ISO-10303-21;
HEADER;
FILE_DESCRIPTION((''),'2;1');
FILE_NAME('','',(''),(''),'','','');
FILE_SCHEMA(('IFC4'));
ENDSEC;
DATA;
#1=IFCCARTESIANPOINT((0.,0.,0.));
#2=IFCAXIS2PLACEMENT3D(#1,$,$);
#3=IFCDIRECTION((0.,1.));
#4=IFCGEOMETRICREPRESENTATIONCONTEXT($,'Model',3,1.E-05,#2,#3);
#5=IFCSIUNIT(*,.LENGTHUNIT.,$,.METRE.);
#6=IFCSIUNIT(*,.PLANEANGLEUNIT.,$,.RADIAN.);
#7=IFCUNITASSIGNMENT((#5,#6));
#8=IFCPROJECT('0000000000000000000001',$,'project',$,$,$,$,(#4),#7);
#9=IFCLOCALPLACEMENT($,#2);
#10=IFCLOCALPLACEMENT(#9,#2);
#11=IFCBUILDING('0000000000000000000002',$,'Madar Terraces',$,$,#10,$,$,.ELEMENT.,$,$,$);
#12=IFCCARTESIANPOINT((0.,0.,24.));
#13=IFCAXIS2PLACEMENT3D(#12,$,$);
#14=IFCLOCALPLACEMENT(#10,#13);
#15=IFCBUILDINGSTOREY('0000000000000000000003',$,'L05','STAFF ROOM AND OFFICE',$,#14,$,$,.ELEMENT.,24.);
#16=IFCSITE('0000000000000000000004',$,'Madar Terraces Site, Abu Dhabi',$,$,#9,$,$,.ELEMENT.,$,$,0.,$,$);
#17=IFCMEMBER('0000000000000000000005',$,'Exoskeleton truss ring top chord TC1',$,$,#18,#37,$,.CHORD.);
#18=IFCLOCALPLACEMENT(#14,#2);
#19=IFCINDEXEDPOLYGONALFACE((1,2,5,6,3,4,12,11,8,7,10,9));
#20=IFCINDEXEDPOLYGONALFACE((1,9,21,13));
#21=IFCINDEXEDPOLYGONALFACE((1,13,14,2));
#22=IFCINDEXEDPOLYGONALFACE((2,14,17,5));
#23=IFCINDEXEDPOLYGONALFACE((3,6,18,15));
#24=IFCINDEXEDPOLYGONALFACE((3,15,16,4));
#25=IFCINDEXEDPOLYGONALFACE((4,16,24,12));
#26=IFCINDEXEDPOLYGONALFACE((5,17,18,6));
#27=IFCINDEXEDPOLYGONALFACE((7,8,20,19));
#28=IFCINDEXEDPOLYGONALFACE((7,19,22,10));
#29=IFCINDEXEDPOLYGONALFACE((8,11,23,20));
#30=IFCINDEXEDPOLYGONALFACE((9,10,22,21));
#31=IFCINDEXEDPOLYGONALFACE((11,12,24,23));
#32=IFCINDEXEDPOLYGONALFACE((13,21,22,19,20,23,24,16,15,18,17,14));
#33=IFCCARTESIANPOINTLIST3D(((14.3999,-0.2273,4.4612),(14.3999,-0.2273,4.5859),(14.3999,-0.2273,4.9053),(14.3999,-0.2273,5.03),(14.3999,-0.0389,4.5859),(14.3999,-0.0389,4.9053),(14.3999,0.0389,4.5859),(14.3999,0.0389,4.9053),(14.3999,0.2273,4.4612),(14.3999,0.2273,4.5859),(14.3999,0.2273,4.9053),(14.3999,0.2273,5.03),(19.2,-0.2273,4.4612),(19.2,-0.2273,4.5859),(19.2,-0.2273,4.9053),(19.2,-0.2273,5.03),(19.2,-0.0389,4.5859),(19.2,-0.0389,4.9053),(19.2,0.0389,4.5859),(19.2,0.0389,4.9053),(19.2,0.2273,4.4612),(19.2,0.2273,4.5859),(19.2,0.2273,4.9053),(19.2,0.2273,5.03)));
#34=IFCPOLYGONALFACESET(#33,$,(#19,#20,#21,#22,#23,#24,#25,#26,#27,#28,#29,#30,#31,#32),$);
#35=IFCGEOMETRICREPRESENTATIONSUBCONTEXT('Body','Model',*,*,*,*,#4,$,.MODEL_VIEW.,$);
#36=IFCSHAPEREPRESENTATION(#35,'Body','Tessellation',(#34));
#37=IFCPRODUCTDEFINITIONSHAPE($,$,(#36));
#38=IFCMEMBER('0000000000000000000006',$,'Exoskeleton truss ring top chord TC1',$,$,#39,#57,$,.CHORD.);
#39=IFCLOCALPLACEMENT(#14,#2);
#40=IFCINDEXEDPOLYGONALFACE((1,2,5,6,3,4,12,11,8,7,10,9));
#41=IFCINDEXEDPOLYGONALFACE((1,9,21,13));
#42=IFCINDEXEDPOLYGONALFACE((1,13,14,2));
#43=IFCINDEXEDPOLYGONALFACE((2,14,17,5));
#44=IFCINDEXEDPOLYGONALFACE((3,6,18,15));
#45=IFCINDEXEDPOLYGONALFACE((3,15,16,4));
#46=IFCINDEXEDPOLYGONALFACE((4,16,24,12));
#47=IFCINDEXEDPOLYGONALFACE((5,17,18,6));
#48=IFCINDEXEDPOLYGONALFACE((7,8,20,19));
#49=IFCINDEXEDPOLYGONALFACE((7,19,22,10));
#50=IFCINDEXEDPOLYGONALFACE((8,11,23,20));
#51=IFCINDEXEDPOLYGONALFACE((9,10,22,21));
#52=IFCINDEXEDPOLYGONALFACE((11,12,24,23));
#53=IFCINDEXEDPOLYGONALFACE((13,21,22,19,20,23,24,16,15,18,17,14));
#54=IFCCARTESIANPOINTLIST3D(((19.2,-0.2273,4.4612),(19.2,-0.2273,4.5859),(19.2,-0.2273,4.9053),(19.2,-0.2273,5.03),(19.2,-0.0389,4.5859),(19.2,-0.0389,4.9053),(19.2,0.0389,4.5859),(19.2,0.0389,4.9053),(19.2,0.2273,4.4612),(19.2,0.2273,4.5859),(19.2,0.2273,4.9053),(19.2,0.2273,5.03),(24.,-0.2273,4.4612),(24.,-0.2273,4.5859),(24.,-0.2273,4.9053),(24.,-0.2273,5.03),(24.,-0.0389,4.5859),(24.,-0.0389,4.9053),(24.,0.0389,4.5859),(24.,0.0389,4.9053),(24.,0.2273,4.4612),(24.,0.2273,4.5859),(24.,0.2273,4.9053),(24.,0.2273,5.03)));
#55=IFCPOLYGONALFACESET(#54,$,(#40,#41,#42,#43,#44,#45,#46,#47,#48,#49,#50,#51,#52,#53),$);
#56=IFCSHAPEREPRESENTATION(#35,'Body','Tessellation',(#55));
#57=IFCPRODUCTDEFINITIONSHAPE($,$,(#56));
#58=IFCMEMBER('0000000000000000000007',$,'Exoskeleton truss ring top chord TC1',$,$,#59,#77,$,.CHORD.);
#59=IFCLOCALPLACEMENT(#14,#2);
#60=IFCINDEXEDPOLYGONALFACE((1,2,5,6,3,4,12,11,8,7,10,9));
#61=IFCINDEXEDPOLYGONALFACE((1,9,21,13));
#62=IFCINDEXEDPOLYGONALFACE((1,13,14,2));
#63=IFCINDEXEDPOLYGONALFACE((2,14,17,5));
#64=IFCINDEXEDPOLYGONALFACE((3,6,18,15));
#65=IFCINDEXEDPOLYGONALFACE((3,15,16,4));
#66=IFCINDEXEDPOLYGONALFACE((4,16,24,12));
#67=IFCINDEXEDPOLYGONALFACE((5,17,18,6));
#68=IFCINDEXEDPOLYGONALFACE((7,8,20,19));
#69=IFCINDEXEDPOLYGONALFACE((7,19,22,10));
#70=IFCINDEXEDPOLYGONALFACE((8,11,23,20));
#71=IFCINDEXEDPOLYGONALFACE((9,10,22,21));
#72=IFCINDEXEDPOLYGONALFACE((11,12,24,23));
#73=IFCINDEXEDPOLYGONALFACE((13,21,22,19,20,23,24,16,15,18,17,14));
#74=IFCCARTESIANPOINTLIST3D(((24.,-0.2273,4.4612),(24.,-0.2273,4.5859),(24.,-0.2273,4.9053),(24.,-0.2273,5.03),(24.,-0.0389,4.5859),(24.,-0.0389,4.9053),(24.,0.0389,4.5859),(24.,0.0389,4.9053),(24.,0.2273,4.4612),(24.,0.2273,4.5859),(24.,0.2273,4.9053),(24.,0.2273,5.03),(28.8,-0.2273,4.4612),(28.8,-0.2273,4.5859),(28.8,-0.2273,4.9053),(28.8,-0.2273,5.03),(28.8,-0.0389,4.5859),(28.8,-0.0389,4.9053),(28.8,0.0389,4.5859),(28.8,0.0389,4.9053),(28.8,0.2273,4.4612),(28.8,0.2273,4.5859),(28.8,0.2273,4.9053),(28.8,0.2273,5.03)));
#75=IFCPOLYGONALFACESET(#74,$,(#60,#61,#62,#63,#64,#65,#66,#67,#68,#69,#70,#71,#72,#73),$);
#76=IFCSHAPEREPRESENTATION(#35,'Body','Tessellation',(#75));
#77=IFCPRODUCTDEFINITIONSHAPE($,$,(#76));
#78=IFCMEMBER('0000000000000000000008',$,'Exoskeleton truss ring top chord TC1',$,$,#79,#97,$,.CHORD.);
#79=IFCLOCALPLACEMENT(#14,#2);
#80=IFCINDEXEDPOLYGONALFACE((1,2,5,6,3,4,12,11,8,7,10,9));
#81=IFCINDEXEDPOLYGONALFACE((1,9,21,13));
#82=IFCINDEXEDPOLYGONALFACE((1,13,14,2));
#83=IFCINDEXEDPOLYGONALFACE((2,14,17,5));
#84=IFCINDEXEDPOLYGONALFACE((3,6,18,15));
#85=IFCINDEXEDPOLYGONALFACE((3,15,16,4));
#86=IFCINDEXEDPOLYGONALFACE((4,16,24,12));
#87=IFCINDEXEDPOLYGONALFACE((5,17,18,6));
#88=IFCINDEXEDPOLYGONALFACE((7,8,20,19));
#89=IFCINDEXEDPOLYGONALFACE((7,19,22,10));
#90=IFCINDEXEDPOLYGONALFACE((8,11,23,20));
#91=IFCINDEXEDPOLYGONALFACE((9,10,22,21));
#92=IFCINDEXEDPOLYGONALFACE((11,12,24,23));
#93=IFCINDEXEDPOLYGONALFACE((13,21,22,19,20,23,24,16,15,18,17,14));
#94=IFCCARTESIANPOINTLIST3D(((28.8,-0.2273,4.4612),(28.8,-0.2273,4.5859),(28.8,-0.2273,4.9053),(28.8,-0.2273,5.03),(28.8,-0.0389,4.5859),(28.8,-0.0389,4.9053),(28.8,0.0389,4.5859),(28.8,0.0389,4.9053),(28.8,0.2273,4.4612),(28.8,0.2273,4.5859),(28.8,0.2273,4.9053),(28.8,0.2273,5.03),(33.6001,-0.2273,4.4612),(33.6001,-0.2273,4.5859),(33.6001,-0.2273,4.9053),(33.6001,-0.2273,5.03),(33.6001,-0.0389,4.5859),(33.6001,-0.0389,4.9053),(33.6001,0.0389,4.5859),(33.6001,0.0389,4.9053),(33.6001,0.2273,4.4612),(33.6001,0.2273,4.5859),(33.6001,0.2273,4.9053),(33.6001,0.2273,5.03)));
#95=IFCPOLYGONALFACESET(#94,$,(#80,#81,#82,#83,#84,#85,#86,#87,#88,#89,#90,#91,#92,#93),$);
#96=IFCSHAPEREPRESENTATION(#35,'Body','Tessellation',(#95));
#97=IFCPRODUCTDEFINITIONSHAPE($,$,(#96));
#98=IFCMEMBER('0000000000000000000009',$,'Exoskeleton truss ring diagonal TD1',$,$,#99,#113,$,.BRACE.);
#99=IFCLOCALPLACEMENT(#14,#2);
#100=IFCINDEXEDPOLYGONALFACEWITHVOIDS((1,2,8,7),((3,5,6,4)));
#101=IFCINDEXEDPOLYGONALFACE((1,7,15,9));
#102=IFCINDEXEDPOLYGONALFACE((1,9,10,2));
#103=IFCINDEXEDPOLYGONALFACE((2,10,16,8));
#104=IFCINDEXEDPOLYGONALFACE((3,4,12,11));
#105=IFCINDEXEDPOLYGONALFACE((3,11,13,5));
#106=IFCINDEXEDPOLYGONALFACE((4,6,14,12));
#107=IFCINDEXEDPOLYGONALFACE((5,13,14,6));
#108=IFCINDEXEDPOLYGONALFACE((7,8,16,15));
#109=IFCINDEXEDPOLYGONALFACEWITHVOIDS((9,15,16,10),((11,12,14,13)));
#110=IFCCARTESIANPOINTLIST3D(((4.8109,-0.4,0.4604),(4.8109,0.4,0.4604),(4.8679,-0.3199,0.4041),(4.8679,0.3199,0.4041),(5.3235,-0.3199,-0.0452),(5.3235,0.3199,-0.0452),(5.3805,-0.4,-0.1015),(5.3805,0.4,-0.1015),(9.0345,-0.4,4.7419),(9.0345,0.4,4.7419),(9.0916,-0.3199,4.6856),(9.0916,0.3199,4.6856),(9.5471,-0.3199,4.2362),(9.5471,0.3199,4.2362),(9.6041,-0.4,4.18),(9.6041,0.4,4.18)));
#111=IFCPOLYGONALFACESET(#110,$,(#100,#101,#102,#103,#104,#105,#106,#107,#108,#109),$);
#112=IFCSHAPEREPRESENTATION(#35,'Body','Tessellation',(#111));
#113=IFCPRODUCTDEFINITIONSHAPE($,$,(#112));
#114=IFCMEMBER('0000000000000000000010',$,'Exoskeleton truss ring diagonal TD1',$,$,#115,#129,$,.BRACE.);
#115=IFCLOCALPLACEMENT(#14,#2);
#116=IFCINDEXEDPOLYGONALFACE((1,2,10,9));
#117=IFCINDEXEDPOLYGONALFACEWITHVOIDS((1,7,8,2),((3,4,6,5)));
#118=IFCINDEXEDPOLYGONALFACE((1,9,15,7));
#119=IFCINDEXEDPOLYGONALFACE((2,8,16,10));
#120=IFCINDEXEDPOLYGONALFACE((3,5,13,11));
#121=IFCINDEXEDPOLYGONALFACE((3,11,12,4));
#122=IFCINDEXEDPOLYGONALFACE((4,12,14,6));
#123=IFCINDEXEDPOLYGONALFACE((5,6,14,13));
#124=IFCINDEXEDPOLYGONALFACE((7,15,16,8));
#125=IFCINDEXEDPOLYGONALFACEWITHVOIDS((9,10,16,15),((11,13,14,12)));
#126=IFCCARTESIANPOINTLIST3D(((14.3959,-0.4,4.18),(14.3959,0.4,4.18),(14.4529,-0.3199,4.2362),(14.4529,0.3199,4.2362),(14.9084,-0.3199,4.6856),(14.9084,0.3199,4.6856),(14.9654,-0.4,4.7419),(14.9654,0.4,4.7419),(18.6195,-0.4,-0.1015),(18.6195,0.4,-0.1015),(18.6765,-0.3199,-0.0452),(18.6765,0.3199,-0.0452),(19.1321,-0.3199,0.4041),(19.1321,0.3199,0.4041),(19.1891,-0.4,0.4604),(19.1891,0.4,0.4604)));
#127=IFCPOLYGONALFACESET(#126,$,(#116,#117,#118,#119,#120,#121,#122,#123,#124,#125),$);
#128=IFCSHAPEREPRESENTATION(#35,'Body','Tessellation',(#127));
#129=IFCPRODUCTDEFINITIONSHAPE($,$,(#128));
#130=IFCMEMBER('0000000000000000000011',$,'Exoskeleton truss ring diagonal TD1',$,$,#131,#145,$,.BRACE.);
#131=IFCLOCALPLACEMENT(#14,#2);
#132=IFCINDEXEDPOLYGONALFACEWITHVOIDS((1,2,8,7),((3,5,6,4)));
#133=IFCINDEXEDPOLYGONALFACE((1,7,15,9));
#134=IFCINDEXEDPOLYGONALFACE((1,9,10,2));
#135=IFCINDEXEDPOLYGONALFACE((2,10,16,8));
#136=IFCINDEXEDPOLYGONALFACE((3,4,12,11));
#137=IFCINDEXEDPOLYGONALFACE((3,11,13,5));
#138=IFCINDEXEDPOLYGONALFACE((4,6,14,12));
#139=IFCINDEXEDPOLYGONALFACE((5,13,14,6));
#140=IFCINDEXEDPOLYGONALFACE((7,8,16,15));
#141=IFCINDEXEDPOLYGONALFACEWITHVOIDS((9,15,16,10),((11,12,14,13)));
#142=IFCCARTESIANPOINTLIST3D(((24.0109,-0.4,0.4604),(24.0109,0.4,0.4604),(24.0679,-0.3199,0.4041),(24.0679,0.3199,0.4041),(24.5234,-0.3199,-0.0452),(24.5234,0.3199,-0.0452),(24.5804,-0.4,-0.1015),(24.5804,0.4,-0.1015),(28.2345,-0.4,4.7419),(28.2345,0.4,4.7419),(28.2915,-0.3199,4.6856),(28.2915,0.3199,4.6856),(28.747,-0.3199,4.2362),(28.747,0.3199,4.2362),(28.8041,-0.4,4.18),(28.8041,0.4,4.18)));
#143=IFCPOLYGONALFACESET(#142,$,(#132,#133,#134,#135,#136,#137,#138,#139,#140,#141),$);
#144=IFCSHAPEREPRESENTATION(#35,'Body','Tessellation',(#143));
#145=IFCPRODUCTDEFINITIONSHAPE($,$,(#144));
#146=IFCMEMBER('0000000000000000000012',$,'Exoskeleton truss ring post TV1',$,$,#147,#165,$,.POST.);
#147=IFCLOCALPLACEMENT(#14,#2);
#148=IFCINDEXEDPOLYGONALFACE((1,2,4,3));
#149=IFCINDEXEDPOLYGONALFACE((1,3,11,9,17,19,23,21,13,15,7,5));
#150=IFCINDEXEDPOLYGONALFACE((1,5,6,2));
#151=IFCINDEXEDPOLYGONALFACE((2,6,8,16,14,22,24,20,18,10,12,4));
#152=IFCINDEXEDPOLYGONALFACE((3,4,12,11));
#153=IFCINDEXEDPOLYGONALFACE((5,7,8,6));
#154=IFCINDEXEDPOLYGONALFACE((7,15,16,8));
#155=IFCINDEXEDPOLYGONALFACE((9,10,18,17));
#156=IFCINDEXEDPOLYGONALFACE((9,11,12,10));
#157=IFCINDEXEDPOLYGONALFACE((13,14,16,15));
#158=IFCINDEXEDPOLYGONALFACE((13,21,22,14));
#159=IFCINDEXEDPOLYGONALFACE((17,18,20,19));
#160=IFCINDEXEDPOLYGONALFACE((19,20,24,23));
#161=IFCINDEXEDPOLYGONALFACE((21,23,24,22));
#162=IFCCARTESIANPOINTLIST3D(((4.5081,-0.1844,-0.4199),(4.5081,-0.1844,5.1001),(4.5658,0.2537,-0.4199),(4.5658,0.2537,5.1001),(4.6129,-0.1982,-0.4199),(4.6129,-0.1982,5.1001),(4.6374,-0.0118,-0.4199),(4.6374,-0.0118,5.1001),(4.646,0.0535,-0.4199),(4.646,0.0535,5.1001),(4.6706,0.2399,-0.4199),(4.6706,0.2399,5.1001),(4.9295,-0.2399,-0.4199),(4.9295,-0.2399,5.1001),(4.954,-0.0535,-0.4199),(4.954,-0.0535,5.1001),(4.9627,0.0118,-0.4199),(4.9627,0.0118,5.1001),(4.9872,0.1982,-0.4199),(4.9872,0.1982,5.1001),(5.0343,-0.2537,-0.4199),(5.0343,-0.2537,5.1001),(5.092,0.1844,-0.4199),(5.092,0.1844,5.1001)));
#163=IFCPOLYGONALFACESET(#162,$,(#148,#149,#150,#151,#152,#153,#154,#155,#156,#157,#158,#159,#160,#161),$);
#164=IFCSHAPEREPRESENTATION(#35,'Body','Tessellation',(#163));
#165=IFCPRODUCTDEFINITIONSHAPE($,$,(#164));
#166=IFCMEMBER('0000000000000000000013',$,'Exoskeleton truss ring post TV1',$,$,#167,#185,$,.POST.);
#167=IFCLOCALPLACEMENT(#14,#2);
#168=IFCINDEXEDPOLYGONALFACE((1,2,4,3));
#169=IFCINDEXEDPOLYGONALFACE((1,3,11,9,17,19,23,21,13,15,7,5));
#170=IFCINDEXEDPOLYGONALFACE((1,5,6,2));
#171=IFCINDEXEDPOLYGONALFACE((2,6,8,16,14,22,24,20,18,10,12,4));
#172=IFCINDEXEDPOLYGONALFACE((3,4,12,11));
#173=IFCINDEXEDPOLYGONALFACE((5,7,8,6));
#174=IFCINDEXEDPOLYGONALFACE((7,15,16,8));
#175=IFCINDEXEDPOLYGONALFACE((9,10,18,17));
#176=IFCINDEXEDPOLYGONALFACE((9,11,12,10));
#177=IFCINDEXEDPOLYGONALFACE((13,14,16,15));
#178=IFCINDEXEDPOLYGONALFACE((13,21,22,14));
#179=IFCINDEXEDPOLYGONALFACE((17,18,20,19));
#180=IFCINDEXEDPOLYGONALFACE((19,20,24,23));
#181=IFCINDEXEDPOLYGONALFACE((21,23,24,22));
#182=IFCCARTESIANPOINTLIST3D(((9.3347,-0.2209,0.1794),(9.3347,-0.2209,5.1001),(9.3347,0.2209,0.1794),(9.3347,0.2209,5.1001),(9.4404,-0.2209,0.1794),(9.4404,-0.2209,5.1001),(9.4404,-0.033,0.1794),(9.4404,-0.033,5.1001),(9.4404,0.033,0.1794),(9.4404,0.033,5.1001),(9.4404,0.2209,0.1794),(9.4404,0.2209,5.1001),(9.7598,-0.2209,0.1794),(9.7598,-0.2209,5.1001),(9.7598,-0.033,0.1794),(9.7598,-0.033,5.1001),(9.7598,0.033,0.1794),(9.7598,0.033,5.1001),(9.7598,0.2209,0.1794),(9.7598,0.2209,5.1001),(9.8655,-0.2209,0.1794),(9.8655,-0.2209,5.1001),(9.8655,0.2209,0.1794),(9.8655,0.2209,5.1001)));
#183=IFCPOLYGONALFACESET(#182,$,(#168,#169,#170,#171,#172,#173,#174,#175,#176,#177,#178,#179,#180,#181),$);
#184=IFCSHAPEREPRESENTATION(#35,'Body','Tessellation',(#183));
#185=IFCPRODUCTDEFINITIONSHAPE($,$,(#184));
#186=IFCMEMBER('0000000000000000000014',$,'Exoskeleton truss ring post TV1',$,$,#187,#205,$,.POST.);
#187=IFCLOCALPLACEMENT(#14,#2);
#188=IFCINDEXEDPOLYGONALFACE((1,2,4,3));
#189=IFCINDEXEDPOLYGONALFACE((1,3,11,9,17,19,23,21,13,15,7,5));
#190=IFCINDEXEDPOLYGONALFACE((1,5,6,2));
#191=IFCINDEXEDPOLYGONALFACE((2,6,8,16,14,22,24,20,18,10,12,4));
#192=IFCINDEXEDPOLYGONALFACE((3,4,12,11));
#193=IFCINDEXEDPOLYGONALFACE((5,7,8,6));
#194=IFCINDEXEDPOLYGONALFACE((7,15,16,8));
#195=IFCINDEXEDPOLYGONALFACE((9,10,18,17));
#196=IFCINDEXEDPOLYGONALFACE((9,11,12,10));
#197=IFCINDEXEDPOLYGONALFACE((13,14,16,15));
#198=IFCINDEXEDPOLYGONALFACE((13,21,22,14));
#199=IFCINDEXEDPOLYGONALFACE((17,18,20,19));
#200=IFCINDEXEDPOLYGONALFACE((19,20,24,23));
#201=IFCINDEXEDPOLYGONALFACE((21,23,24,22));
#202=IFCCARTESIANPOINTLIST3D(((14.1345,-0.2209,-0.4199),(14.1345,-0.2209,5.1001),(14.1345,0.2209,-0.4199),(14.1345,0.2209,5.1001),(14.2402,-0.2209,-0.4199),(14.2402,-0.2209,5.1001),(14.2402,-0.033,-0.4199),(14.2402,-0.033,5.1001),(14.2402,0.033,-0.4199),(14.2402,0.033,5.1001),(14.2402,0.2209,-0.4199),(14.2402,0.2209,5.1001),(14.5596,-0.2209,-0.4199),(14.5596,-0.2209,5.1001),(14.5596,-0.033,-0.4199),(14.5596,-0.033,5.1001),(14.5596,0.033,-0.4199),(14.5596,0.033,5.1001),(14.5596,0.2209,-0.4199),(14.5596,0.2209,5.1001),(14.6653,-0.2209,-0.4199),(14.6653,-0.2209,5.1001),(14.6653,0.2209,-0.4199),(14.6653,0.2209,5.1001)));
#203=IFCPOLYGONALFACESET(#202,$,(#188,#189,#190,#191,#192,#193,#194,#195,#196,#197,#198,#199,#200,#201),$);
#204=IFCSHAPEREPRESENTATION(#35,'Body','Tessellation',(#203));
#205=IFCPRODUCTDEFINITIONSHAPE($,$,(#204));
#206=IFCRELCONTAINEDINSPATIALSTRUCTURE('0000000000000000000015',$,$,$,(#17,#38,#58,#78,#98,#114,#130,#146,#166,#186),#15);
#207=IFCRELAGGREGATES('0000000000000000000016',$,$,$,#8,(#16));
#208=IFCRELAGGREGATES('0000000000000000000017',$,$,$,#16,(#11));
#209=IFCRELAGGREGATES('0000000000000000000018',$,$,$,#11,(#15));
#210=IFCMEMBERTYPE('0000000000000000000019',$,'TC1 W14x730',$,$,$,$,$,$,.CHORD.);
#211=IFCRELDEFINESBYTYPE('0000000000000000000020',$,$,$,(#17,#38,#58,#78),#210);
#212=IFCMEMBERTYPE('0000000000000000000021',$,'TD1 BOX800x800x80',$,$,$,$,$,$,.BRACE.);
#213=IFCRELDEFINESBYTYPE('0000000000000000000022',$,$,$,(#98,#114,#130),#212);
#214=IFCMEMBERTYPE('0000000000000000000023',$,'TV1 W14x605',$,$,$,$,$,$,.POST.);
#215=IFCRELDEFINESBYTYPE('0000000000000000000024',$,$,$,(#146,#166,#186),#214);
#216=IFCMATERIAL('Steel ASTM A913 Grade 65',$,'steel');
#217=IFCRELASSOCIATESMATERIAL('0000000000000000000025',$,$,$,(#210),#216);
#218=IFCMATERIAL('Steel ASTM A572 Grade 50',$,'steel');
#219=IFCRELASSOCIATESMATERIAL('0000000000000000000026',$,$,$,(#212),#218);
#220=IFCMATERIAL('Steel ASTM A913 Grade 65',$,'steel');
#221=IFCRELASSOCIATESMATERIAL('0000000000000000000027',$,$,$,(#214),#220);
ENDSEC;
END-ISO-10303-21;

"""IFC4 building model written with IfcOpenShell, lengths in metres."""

from ifc_helpers import new_model, si_unit, direction, frame, origin, origin_2d, place, context, subcontext, project, spatial, hollow_rectangle, i_section, extrude, material, material_profile, profile_set, type_object, element, save


model = new_model("IFC4")

# Units and contexts
model_context = context("Model", 3, precision=1e-05, world=origin(), true_north=direction((0.0, 1.0)))
body_context = subcontext(model_context, "Body", "Model", "MODEL_VIEW")
ifc_project = project(units=[si_unit("LENGTHUNIT", "METRE"), si_unit("PLANEANGLEUNIT", "RADIAN")], contexts=[model_context])

# Site, building, storey
site_placement = place(None, origin())
site = spatial("IfcSite", under=ifc_project, at=site_placement, Name="Madar Terraces Site, Abu Dhabi", CompositionType="ELEMENT", RefElevation=0.0)
building_placement = place(site_placement, origin())
building = spatial("IfcBuilding", under=site, at=building_placement, Name="Madar Terraces", CompositionType="ELEMENT")
storey_placement = place(building_placement, frame((0.0, 0.0, 24.0)))
storey = spatial("IfcBuildingStorey", under=building, at=storey_placement, Name="L05", Description="STAFF ROOM AND OFFICE", CompositionType="ELEMENT", Elevation=24.0)

# Members
ifc_material_1 = material(Name="Steel ASTM A913 Grade 65", Category="steel")
ifc_material_profile_1 = material_profile(ifc_material_1, i_section(OverallWidth=0.4546, OverallDepth=0.5688, WebThickness=0.0779, FlangeThickness=0.1248, at=origin_2d()), Name="W14x730")
ifc_profile_set_1 = profile_set([ifc_material_profile_1], Name="Steel ASTM A913 Grade 65")
member_type_1 = type_object("IfcMemberType", Name="TC1 W14x730", PredefinedType="CHORD", material=ifc_profile_set_1)
for number, where, z_axis, x_axis, name in (
    (1, (14.3999, 0.0, 4.7456), (1.0, 0.0, 0.0), (0.0, 1.0, 0.0), "Exoskeleton truss ring top chord TC1"),
    (2, (19.2, 0.0, 4.7456), (1.0, 0.0, 0.0), (0.0, 1.0, 0.0), "Exoskeleton truss ring top chord TC1"),
    (3, (24.0, 0.0, 4.7456), (1.0, 0.0, 0.0), (0.0, 1.0, 0.0), "Exoskeleton truss ring top chord TC1"),
    (4, (28.8, 0.0, 4.7456), (1.0, 0.0, 0.0), (0.0, 1.0, 0.0), "Exoskeleton truss ring top chord TC1"),
):
    element("IfcMember", number, at=place(storey_placement, frame(where, z_axis=z_axis, x_axis=x_axis)), inside=storey, type_object=member_type_1, Name=name, PredefinedType="CHORD", context=body_context, shape_type="SweptSolid", body=[
        extrude(i_section(OverallWidth=0.4546, OverallDepth=0.5688, WebThickness=0.0779, FlangeThickness=0.1248, at=origin_2d()), origin(), (0.0, 0.0, 1.0), 4.8),
    ])
ifc_material_2 = material(Name="Steel ASTM A572 Grade 50", Category="steel")
ifc_material_profile_2 = material_profile(ifc_material_2, hollow_rectangle(XDim=0.8, YDim=0.8, WallThickness=0.0801, at=origin_2d()), Name="BOX800x800x80")
ifc_profile_set_2 = profile_set([ifc_material_profile_2], Name="Steel ASTM A572 Grade 50")
member_type_2 = type_object("IfcMemberType", Name="TD1 BOX800x800x80", PredefinedType="BRACE", material=ifc_profile_set_2)
for number, where, z_axis, x_axis, name in (
    (5, (5.0957, 0.0, 0.1794), (0.70228, 0.0, 0.711901), (0.0, 1.0, 0.0), "Exoskeleton truss ring diagonal TD1"),
    (6, (14.6807, 0.0, 4.4609), (0.70228, 0.0, -0.711901), (0.0, 1.0, 0.0), "Exoskeleton truss ring diagonal TD1"),
    (7, (24.2957, 0.0, 0.1794), (0.70228, 0.0, 0.711901), (0.0, 1.0, 0.0), "Exoskeleton truss ring diagonal TD1"),
):
    element("IfcMember", number, at=place(storey_placement, frame(where, z_axis=z_axis, x_axis=x_axis)), inside=storey, type_object=member_type_2, Name=name, PredefinedType="BRACE", context=body_context, shape_type="SweptSolid", body=[
        extrude(hollow_rectangle(XDim=0.8, YDim=0.8, WallThickness=0.0801, at=origin_2d()), origin(), (0.0, 0.0, 1.0), 6.0142),
    ])
ifc_material_3 = material(Name="Steel ASTM A913 Grade 65", Category="steel")
ifc_material_profile_3 = material_profile(ifc_material_3, i_section(OverallWidth=0.4419, OverallDepth=0.5308, WebThickness=0.0659, FlangeThickness=0.1057, at=origin_2d()), Name="W14x605")
ifc_profile_set_3 = profile_set([ifc_material_profile_3], Name="Steel ASTM A913 Grade 65")
member_type_3 = type_object("IfcMemberType", Name="TV1 W14x605", PredefinedType="POST", material=ifc_profile_set_3)
member_1_placement = place(storey_placement, frame((4.8, 0.0, -0.4199), z_axis=(0.0, 0.0, 1.0), x_axis=(0.130526, 0.991445, 0.0)))
element("IfcMember", 8, at=member_1_placement, inside=storey, type_object=member_type_3, Name="Exoskeleton truss ring post TV1", PredefinedType="POST", context=body_context, shape_type="SweptSolid", body=[
    extrude(i_section(OverallWidth=0.4419, OverallDepth=0.5308, WebThickness=0.0659, FlangeThickness=0.1057, at=origin_2d()), origin(), (0.0, 0.0, 1.0), 5.52),
])
member_2_placement = place(storey_placement, frame((9.6001, 0.0, 0.1794), z_axis=(0.0, 0.0, 1.0), x_axis=(0.0, 1.0, 0.0)))
element("IfcMember", 9, at=member_2_placement, inside=storey, type_object=member_type_3, Name="Exoskeleton truss ring post TV1", PredefinedType="POST", context=body_context, shape_type="SweptSolid", body=[
    extrude(i_section(OverallWidth=0.4419, OverallDepth=0.5308, WebThickness=0.0659, FlangeThickness=0.1057, at=origin_2d()), origin(), (0.0, 0.0, 1.0), 4.9207),
])
member_3_placement = place(storey_placement, frame((14.3999, 0.0, -0.4199), z_axis=(0.0, 0.0, 1.0), x_axis=(0.0, 1.0, 0.0)))
element("IfcMember", 10, at=member_3_placement, inside=storey, type_object=member_type_3, Name="Exoskeleton truss ring post TV1", PredefinedType="POST", context=body_context, shape_type="SweptSolid", body=[
    extrude(i_section(OverallWidth=0.4419, OverallDepth=0.5308, WebThickness=0.0659, FlangeThickness=0.1057, at=origin_2d()), origin(), (0.0, 0.0, 1.0), 5.52),
])

save(model, "model.ifc")
